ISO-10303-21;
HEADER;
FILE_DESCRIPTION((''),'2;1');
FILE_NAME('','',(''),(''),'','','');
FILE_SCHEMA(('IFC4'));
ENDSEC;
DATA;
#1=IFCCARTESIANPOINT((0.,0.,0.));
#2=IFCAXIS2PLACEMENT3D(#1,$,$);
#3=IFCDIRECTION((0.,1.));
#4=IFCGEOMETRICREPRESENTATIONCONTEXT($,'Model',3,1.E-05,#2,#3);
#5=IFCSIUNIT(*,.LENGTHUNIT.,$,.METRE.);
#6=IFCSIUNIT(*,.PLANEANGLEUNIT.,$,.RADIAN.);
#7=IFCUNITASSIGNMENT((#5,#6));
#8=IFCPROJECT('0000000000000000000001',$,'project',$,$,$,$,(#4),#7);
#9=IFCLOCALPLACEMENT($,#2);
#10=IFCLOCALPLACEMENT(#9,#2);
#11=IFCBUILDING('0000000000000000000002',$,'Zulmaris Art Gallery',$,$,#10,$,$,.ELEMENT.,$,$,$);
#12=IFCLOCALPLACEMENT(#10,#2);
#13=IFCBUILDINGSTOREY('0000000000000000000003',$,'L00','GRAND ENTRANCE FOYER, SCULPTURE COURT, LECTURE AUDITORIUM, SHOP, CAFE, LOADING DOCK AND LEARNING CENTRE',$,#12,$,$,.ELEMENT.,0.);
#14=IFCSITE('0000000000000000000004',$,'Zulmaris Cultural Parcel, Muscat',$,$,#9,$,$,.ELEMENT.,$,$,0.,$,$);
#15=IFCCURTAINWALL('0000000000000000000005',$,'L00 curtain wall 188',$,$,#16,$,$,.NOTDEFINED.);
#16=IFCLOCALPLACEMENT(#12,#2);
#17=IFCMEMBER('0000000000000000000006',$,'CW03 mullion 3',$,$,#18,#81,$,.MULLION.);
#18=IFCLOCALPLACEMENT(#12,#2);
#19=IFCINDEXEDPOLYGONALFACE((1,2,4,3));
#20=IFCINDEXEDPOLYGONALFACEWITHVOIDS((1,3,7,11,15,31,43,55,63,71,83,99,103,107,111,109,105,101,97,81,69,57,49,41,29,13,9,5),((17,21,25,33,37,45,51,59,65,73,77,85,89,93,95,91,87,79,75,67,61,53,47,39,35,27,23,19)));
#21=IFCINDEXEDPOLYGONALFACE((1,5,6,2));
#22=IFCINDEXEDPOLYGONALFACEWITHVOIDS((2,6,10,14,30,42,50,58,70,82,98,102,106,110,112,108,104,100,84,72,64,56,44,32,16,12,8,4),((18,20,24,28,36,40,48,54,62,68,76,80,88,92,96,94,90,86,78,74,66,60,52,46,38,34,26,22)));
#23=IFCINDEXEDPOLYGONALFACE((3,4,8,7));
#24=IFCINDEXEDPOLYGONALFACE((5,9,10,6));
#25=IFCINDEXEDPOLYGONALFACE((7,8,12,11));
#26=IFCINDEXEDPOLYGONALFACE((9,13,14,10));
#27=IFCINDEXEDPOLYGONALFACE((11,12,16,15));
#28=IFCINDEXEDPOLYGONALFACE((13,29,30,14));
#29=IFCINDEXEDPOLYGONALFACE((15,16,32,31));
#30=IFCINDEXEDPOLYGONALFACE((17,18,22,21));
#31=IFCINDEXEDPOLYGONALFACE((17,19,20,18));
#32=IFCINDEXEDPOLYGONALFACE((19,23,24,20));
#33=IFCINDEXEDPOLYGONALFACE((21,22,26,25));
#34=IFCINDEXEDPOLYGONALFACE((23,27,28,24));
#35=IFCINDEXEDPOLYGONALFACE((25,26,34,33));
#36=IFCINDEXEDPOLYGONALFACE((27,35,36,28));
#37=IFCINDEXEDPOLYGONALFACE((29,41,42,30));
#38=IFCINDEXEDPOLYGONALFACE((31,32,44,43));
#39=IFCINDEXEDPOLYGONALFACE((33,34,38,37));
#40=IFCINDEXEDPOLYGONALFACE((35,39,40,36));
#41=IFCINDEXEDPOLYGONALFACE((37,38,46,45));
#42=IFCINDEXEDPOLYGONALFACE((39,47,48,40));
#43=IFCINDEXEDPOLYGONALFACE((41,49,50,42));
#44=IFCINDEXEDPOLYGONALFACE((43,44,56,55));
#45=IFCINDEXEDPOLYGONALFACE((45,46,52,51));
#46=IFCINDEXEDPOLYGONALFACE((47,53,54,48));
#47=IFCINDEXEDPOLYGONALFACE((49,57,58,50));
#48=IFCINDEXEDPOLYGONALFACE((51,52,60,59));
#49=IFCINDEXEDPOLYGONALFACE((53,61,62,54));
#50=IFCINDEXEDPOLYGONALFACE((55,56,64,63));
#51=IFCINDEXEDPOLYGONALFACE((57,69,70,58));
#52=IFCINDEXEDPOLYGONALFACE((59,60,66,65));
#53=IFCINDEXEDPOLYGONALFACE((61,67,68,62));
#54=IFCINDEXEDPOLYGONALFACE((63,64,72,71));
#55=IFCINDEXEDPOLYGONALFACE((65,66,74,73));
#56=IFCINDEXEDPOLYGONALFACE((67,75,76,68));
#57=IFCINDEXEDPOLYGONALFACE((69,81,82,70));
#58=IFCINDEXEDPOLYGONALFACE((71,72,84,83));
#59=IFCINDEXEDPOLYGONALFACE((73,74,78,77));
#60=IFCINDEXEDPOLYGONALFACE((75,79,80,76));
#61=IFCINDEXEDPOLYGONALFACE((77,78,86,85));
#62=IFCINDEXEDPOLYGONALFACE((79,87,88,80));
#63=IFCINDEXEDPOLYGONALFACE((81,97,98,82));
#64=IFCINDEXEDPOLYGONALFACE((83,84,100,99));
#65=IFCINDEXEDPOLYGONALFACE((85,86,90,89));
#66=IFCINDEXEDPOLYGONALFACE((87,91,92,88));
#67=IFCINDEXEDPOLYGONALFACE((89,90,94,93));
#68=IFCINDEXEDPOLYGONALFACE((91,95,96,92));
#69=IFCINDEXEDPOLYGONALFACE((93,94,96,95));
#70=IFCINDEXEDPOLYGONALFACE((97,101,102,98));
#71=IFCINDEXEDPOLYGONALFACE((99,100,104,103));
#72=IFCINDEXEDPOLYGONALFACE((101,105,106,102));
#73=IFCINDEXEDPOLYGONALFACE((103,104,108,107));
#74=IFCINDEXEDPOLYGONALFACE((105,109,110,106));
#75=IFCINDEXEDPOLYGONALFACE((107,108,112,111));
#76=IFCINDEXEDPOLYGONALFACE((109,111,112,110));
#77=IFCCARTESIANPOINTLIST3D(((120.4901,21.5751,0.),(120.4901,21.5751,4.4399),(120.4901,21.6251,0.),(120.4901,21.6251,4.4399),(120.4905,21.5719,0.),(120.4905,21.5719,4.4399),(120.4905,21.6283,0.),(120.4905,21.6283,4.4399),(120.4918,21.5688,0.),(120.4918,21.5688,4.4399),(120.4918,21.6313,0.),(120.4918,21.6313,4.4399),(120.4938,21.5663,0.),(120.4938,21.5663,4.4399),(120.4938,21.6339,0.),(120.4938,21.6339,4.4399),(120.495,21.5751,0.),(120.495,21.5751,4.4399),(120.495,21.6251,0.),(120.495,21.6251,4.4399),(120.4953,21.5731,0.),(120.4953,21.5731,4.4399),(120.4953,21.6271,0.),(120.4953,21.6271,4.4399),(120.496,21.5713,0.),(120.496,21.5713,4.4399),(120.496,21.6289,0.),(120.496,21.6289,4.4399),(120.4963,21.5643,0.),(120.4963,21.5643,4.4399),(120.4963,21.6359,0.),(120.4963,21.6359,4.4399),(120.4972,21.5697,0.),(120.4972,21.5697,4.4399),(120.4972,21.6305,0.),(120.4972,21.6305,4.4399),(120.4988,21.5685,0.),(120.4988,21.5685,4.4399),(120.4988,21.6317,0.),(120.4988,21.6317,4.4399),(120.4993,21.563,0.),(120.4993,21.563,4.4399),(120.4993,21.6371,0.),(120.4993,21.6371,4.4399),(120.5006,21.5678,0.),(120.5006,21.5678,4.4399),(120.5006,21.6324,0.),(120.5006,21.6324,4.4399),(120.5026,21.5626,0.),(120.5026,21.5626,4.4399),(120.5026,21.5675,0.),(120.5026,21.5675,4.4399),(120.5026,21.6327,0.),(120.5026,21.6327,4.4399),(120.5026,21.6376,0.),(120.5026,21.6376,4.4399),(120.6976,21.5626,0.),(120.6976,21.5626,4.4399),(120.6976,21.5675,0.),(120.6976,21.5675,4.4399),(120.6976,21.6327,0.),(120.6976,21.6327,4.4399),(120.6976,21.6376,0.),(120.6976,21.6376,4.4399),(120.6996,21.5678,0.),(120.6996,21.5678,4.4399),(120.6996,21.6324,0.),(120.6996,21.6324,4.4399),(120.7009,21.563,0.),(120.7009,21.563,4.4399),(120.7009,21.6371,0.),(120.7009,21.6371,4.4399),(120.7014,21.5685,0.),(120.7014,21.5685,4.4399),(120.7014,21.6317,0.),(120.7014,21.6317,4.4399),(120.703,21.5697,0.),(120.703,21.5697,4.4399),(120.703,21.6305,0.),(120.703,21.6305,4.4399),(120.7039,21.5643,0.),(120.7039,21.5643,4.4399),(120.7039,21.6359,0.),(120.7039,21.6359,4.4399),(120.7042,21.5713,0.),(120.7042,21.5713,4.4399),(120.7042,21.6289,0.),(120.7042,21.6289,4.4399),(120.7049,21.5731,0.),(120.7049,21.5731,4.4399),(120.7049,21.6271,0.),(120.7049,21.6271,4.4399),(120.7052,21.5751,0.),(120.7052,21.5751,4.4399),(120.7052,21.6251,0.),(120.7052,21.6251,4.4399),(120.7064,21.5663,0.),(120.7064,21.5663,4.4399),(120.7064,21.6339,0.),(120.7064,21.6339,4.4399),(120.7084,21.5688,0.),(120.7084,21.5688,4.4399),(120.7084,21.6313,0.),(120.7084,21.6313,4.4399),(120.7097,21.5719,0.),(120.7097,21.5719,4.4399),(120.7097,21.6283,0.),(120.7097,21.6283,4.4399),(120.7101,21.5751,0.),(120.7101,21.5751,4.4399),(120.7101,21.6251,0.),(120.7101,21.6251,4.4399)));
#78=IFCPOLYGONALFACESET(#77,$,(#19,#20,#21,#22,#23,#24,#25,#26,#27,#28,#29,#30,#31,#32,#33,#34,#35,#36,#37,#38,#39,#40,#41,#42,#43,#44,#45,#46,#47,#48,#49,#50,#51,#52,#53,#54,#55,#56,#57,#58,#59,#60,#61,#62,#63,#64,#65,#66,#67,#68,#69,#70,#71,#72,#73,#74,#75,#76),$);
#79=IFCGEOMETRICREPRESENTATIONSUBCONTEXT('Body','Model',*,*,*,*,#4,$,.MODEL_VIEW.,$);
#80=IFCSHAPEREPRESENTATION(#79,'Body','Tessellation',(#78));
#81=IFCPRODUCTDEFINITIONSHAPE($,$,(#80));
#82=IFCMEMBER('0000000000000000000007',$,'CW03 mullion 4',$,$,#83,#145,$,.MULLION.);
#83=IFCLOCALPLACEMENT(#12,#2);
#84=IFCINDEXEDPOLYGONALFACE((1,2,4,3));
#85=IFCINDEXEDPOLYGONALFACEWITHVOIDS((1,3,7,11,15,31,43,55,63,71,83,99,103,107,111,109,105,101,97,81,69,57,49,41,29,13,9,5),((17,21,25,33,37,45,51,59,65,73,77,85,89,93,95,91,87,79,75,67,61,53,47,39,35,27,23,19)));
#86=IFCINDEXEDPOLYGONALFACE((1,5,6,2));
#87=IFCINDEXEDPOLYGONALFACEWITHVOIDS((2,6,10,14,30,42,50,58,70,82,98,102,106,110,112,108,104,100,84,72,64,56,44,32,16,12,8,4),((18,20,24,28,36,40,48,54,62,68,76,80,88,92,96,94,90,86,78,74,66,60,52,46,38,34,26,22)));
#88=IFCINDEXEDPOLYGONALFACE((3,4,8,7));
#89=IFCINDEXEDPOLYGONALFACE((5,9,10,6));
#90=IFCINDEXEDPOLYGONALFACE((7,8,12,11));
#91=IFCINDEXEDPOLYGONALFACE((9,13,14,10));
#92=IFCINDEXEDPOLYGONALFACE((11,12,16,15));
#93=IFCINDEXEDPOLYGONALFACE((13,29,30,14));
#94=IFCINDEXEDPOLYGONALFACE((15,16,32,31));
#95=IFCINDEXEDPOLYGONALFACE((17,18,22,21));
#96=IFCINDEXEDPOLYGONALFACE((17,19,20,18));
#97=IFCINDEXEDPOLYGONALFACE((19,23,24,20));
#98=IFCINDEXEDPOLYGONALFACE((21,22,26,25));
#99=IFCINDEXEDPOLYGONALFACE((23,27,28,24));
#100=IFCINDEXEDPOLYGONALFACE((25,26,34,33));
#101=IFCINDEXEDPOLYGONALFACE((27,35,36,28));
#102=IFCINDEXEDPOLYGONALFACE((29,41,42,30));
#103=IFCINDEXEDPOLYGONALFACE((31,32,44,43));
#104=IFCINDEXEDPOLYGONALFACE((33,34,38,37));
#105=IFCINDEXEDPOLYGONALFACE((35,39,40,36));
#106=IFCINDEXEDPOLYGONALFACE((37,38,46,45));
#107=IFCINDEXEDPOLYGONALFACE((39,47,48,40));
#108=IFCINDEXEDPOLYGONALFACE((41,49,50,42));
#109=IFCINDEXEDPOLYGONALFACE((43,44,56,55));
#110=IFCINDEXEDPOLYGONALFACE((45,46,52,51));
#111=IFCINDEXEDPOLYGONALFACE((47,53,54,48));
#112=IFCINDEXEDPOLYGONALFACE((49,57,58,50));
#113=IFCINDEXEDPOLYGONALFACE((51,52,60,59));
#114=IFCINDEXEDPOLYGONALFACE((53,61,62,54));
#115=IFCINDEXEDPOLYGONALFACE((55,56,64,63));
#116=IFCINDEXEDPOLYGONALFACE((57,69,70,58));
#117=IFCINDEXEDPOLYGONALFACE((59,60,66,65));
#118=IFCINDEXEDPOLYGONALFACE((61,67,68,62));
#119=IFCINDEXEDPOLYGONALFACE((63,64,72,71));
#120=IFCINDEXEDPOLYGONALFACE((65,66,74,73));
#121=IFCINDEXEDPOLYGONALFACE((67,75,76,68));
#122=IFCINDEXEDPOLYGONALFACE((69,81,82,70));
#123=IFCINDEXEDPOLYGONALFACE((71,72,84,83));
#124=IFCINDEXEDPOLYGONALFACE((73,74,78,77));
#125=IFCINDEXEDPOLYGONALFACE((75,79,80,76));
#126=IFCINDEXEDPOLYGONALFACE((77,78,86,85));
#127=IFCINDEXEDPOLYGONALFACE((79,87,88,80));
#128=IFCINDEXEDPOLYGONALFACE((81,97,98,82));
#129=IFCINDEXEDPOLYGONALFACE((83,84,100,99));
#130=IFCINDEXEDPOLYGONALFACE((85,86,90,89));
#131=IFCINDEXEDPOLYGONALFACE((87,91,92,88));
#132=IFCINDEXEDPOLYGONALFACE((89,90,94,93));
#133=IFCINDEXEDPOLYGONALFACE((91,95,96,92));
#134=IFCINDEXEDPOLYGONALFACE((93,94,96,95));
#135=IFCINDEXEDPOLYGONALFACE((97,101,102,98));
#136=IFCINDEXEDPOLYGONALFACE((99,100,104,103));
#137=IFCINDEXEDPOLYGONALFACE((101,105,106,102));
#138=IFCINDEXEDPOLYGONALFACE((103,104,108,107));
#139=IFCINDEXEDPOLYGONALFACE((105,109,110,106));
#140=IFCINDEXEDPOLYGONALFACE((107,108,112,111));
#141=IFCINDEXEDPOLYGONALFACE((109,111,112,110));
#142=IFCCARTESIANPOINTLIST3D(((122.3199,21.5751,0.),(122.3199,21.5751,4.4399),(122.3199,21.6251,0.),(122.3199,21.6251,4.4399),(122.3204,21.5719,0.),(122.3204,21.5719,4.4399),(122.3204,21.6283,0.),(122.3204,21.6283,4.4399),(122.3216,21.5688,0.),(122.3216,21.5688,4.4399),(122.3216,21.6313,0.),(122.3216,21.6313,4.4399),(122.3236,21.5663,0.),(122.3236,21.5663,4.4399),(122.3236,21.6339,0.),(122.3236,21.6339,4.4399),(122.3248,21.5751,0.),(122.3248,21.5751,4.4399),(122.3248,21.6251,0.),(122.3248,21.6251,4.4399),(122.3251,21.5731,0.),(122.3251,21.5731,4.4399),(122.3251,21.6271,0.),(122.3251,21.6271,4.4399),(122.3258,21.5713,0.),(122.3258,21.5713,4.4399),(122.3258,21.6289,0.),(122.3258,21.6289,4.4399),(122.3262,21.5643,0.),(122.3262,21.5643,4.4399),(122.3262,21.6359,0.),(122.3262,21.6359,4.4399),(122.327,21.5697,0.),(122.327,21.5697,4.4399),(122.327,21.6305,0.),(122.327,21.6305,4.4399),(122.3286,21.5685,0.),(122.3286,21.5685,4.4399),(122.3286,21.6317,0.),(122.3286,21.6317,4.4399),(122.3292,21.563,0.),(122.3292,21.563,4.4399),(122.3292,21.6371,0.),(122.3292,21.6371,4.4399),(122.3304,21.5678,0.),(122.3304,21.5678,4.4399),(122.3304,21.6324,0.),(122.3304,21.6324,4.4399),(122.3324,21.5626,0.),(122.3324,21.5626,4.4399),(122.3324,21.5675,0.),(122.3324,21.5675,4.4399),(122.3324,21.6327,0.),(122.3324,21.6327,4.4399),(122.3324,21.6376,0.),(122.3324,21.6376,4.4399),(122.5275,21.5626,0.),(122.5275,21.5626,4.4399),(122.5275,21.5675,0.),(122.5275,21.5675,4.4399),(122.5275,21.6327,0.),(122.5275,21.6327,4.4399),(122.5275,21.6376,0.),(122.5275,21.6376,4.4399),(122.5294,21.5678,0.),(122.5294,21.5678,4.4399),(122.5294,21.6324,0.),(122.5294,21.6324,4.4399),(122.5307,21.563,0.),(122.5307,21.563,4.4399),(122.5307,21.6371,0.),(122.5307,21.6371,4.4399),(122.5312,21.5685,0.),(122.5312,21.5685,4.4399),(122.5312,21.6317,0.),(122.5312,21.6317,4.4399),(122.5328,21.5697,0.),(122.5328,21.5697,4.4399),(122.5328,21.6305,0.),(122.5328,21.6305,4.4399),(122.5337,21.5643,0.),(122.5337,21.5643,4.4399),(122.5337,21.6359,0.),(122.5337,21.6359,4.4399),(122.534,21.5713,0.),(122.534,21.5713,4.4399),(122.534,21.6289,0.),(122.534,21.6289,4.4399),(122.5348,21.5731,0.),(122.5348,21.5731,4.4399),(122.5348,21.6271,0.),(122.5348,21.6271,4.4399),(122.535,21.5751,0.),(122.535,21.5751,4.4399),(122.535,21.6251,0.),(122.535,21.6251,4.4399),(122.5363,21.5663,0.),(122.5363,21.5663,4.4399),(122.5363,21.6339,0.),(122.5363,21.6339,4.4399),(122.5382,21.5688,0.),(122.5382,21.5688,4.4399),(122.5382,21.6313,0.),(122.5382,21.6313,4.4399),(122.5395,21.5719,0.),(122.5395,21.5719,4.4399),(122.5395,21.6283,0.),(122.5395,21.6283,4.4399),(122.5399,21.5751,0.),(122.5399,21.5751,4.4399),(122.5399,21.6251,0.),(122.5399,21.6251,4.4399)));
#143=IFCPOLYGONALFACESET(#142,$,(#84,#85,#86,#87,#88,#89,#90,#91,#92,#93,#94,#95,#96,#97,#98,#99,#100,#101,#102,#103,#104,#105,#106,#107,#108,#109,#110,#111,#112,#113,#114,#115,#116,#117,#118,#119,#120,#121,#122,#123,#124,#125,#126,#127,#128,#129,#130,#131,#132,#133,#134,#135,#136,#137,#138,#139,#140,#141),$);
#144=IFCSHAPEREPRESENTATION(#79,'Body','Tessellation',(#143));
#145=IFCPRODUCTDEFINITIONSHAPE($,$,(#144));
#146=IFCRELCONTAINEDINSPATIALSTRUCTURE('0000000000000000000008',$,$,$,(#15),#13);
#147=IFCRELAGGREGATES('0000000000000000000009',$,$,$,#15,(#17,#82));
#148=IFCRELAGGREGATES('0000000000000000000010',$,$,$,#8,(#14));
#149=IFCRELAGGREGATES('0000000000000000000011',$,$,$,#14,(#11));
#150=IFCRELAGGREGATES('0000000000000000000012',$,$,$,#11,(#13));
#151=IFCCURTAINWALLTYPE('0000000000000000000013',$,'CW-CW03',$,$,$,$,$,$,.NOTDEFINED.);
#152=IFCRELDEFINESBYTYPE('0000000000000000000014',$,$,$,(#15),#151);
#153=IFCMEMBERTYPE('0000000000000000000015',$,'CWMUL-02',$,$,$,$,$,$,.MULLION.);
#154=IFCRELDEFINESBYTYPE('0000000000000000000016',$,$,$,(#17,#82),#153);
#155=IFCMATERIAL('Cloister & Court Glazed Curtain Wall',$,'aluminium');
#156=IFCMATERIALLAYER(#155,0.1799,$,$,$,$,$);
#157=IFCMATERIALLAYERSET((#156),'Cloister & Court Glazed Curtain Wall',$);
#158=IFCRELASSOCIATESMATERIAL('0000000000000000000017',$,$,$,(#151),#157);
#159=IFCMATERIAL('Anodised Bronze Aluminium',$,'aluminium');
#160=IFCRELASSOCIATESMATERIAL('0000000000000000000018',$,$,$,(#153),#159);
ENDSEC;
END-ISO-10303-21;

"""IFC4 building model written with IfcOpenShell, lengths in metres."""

from ifc_helpers import new_model, si_unit, direction, frame, origin, origin_2d, place, context, subcontext, project, spatial, hollow_rectangle, extrude, material, layer, layer_set, material_profile, profile_set, type_object, element, aggregate, save


model = new_model("IFC4")

# Units and contexts
model_context = context("Model", 3, precision=1e-05, world=origin(), true_north=direction((0.0, 1.0)))
body_context = subcontext(model_context, "Body", "Model", "MODEL_VIEW")
ifc_project = project(units=[si_unit("LENGTHUNIT", "METRE"), si_unit("PLANEANGLEUNIT", "RADIAN")], contexts=[model_context])

# Site, building, storey
site_placement = place(None, origin())
site = spatial("IfcSite", under=ifc_project, at=site_placement, Name="Zulmaris Cultural Parcel, Muscat", CompositionType="ELEMENT", RefElevation=0.0)
building_placement = place(site_placement, origin())
building = spatial("IfcBuilding", under=site, at=building_placement, Name="Zulmaris Art Gallery", CompositionType="ELEMENT")
storey_placement = place(building_placement, origin())
storey = spatial("IfcBuildingStorey", under=building, at=storey_placement, Name="L00", Description="GRAND ENTRANCE FOYER, SCULPTURE COURT, LECTURE AUDITORIUM, SHOP, CAFE, LOADING DOCK AND LEARNING CENTRE", CompositionType="ELEMENT", Elevation=0.0)

# Curtain wall, members
ifc_material_1 = material(Name="Cloister & Court Glazed Curtain Wall", Category="aluminium")
ifc_layer_1 = layer(ifc_material_1, 0.1799)
ifc_layer_set_1 = layer_set([ifc_layer_1], Name="Cloister & Court Glazed Curtain Wall")
curtain_wall_type = type_object("IfcCurtainWallType", Name="CW-CW03", PredefinedType="NOTDEFINED", material=ifc_layer_set_1)
ifc_material_2 = material(Name="Anodised Bronze Aluminium", Category="aluminium")
ifc_material_profile_1 = material_profile(ifc_material_2, hollow_rectangle(XDim=0.075, YDim=0.22, WallThickness=0.0049, InnerFilletRadius=0.0076, OuterFilletRadius=0.0125, at=origin_2d()), Name="ALU 75x220x5")
ifc_profile_set_1 = profile_set([ifc_material_profile_1], Name="Anodised Bronze Aluminium")
member_type_1 = type_object("IfcMemberType", Name="CWMUL-02", PredefinedType="MULLION", material=ifc_profile_set_1)
curtain_wall_1_placement = place(storey_placement, origin())
curtain_wall_1 = element("IfcCurtainWall", 1, at=curtain_wall_1_placement, inside=storey, type_object=curtain_wall_type, Name="L00 curtain wall 188", PredefinedType="NOTDEFINED")
member_1_placement = place(storey_placement, frame((120.6001, 21.6001, 0.0), z_axis=(0.0, 0.0, 1.0), x_axis=(0.0, 1.0, 0.0)))
member_1 = element("IfcMember", 2, at=member_1_placement, type_object=member_type_1, Name="CW03 mullion 3", PredefinedType="MULLION", context=body_context, shape_type="SweptSolid", body=[
    extrude(hollow_rectangle(XDim=0.075, YDim=0.22, WallThickness=0.0049, InnerFilletRadius=0.0076, OuterFilletRadius=0.0125, at=origin_2d()), origin(), (0.0, 0.0, 1.0), 4.4399),
])
member_2_placement = place(storey_placement, frame((122.4299, 21.6001, 0.0), z_axis=(0.0, 0.0, 1.0), x_axis=(0.0, 1.0, 0.0)))
member_2 = element("IfcMember", 3, at=member_2_placement, type_object=member_type_1, Name="CW03 mullion 4", PredefinedType="MULLION", context=body_context, shape_type="SweptSolid", body=[
    extrude(hollow_rectangle(XDim=0.075, YDim=0.22, WallThickness=0.0049, InnerFilletRadius=0.0076, OuterFilletRadius=0.0125, at=origin_2d()), origin(), (0.0, 0.0, 1.0), 4.4399),
])

aggregate(curtain_wall_1, [member_1, member_2])

save(model, "model.ifc")
